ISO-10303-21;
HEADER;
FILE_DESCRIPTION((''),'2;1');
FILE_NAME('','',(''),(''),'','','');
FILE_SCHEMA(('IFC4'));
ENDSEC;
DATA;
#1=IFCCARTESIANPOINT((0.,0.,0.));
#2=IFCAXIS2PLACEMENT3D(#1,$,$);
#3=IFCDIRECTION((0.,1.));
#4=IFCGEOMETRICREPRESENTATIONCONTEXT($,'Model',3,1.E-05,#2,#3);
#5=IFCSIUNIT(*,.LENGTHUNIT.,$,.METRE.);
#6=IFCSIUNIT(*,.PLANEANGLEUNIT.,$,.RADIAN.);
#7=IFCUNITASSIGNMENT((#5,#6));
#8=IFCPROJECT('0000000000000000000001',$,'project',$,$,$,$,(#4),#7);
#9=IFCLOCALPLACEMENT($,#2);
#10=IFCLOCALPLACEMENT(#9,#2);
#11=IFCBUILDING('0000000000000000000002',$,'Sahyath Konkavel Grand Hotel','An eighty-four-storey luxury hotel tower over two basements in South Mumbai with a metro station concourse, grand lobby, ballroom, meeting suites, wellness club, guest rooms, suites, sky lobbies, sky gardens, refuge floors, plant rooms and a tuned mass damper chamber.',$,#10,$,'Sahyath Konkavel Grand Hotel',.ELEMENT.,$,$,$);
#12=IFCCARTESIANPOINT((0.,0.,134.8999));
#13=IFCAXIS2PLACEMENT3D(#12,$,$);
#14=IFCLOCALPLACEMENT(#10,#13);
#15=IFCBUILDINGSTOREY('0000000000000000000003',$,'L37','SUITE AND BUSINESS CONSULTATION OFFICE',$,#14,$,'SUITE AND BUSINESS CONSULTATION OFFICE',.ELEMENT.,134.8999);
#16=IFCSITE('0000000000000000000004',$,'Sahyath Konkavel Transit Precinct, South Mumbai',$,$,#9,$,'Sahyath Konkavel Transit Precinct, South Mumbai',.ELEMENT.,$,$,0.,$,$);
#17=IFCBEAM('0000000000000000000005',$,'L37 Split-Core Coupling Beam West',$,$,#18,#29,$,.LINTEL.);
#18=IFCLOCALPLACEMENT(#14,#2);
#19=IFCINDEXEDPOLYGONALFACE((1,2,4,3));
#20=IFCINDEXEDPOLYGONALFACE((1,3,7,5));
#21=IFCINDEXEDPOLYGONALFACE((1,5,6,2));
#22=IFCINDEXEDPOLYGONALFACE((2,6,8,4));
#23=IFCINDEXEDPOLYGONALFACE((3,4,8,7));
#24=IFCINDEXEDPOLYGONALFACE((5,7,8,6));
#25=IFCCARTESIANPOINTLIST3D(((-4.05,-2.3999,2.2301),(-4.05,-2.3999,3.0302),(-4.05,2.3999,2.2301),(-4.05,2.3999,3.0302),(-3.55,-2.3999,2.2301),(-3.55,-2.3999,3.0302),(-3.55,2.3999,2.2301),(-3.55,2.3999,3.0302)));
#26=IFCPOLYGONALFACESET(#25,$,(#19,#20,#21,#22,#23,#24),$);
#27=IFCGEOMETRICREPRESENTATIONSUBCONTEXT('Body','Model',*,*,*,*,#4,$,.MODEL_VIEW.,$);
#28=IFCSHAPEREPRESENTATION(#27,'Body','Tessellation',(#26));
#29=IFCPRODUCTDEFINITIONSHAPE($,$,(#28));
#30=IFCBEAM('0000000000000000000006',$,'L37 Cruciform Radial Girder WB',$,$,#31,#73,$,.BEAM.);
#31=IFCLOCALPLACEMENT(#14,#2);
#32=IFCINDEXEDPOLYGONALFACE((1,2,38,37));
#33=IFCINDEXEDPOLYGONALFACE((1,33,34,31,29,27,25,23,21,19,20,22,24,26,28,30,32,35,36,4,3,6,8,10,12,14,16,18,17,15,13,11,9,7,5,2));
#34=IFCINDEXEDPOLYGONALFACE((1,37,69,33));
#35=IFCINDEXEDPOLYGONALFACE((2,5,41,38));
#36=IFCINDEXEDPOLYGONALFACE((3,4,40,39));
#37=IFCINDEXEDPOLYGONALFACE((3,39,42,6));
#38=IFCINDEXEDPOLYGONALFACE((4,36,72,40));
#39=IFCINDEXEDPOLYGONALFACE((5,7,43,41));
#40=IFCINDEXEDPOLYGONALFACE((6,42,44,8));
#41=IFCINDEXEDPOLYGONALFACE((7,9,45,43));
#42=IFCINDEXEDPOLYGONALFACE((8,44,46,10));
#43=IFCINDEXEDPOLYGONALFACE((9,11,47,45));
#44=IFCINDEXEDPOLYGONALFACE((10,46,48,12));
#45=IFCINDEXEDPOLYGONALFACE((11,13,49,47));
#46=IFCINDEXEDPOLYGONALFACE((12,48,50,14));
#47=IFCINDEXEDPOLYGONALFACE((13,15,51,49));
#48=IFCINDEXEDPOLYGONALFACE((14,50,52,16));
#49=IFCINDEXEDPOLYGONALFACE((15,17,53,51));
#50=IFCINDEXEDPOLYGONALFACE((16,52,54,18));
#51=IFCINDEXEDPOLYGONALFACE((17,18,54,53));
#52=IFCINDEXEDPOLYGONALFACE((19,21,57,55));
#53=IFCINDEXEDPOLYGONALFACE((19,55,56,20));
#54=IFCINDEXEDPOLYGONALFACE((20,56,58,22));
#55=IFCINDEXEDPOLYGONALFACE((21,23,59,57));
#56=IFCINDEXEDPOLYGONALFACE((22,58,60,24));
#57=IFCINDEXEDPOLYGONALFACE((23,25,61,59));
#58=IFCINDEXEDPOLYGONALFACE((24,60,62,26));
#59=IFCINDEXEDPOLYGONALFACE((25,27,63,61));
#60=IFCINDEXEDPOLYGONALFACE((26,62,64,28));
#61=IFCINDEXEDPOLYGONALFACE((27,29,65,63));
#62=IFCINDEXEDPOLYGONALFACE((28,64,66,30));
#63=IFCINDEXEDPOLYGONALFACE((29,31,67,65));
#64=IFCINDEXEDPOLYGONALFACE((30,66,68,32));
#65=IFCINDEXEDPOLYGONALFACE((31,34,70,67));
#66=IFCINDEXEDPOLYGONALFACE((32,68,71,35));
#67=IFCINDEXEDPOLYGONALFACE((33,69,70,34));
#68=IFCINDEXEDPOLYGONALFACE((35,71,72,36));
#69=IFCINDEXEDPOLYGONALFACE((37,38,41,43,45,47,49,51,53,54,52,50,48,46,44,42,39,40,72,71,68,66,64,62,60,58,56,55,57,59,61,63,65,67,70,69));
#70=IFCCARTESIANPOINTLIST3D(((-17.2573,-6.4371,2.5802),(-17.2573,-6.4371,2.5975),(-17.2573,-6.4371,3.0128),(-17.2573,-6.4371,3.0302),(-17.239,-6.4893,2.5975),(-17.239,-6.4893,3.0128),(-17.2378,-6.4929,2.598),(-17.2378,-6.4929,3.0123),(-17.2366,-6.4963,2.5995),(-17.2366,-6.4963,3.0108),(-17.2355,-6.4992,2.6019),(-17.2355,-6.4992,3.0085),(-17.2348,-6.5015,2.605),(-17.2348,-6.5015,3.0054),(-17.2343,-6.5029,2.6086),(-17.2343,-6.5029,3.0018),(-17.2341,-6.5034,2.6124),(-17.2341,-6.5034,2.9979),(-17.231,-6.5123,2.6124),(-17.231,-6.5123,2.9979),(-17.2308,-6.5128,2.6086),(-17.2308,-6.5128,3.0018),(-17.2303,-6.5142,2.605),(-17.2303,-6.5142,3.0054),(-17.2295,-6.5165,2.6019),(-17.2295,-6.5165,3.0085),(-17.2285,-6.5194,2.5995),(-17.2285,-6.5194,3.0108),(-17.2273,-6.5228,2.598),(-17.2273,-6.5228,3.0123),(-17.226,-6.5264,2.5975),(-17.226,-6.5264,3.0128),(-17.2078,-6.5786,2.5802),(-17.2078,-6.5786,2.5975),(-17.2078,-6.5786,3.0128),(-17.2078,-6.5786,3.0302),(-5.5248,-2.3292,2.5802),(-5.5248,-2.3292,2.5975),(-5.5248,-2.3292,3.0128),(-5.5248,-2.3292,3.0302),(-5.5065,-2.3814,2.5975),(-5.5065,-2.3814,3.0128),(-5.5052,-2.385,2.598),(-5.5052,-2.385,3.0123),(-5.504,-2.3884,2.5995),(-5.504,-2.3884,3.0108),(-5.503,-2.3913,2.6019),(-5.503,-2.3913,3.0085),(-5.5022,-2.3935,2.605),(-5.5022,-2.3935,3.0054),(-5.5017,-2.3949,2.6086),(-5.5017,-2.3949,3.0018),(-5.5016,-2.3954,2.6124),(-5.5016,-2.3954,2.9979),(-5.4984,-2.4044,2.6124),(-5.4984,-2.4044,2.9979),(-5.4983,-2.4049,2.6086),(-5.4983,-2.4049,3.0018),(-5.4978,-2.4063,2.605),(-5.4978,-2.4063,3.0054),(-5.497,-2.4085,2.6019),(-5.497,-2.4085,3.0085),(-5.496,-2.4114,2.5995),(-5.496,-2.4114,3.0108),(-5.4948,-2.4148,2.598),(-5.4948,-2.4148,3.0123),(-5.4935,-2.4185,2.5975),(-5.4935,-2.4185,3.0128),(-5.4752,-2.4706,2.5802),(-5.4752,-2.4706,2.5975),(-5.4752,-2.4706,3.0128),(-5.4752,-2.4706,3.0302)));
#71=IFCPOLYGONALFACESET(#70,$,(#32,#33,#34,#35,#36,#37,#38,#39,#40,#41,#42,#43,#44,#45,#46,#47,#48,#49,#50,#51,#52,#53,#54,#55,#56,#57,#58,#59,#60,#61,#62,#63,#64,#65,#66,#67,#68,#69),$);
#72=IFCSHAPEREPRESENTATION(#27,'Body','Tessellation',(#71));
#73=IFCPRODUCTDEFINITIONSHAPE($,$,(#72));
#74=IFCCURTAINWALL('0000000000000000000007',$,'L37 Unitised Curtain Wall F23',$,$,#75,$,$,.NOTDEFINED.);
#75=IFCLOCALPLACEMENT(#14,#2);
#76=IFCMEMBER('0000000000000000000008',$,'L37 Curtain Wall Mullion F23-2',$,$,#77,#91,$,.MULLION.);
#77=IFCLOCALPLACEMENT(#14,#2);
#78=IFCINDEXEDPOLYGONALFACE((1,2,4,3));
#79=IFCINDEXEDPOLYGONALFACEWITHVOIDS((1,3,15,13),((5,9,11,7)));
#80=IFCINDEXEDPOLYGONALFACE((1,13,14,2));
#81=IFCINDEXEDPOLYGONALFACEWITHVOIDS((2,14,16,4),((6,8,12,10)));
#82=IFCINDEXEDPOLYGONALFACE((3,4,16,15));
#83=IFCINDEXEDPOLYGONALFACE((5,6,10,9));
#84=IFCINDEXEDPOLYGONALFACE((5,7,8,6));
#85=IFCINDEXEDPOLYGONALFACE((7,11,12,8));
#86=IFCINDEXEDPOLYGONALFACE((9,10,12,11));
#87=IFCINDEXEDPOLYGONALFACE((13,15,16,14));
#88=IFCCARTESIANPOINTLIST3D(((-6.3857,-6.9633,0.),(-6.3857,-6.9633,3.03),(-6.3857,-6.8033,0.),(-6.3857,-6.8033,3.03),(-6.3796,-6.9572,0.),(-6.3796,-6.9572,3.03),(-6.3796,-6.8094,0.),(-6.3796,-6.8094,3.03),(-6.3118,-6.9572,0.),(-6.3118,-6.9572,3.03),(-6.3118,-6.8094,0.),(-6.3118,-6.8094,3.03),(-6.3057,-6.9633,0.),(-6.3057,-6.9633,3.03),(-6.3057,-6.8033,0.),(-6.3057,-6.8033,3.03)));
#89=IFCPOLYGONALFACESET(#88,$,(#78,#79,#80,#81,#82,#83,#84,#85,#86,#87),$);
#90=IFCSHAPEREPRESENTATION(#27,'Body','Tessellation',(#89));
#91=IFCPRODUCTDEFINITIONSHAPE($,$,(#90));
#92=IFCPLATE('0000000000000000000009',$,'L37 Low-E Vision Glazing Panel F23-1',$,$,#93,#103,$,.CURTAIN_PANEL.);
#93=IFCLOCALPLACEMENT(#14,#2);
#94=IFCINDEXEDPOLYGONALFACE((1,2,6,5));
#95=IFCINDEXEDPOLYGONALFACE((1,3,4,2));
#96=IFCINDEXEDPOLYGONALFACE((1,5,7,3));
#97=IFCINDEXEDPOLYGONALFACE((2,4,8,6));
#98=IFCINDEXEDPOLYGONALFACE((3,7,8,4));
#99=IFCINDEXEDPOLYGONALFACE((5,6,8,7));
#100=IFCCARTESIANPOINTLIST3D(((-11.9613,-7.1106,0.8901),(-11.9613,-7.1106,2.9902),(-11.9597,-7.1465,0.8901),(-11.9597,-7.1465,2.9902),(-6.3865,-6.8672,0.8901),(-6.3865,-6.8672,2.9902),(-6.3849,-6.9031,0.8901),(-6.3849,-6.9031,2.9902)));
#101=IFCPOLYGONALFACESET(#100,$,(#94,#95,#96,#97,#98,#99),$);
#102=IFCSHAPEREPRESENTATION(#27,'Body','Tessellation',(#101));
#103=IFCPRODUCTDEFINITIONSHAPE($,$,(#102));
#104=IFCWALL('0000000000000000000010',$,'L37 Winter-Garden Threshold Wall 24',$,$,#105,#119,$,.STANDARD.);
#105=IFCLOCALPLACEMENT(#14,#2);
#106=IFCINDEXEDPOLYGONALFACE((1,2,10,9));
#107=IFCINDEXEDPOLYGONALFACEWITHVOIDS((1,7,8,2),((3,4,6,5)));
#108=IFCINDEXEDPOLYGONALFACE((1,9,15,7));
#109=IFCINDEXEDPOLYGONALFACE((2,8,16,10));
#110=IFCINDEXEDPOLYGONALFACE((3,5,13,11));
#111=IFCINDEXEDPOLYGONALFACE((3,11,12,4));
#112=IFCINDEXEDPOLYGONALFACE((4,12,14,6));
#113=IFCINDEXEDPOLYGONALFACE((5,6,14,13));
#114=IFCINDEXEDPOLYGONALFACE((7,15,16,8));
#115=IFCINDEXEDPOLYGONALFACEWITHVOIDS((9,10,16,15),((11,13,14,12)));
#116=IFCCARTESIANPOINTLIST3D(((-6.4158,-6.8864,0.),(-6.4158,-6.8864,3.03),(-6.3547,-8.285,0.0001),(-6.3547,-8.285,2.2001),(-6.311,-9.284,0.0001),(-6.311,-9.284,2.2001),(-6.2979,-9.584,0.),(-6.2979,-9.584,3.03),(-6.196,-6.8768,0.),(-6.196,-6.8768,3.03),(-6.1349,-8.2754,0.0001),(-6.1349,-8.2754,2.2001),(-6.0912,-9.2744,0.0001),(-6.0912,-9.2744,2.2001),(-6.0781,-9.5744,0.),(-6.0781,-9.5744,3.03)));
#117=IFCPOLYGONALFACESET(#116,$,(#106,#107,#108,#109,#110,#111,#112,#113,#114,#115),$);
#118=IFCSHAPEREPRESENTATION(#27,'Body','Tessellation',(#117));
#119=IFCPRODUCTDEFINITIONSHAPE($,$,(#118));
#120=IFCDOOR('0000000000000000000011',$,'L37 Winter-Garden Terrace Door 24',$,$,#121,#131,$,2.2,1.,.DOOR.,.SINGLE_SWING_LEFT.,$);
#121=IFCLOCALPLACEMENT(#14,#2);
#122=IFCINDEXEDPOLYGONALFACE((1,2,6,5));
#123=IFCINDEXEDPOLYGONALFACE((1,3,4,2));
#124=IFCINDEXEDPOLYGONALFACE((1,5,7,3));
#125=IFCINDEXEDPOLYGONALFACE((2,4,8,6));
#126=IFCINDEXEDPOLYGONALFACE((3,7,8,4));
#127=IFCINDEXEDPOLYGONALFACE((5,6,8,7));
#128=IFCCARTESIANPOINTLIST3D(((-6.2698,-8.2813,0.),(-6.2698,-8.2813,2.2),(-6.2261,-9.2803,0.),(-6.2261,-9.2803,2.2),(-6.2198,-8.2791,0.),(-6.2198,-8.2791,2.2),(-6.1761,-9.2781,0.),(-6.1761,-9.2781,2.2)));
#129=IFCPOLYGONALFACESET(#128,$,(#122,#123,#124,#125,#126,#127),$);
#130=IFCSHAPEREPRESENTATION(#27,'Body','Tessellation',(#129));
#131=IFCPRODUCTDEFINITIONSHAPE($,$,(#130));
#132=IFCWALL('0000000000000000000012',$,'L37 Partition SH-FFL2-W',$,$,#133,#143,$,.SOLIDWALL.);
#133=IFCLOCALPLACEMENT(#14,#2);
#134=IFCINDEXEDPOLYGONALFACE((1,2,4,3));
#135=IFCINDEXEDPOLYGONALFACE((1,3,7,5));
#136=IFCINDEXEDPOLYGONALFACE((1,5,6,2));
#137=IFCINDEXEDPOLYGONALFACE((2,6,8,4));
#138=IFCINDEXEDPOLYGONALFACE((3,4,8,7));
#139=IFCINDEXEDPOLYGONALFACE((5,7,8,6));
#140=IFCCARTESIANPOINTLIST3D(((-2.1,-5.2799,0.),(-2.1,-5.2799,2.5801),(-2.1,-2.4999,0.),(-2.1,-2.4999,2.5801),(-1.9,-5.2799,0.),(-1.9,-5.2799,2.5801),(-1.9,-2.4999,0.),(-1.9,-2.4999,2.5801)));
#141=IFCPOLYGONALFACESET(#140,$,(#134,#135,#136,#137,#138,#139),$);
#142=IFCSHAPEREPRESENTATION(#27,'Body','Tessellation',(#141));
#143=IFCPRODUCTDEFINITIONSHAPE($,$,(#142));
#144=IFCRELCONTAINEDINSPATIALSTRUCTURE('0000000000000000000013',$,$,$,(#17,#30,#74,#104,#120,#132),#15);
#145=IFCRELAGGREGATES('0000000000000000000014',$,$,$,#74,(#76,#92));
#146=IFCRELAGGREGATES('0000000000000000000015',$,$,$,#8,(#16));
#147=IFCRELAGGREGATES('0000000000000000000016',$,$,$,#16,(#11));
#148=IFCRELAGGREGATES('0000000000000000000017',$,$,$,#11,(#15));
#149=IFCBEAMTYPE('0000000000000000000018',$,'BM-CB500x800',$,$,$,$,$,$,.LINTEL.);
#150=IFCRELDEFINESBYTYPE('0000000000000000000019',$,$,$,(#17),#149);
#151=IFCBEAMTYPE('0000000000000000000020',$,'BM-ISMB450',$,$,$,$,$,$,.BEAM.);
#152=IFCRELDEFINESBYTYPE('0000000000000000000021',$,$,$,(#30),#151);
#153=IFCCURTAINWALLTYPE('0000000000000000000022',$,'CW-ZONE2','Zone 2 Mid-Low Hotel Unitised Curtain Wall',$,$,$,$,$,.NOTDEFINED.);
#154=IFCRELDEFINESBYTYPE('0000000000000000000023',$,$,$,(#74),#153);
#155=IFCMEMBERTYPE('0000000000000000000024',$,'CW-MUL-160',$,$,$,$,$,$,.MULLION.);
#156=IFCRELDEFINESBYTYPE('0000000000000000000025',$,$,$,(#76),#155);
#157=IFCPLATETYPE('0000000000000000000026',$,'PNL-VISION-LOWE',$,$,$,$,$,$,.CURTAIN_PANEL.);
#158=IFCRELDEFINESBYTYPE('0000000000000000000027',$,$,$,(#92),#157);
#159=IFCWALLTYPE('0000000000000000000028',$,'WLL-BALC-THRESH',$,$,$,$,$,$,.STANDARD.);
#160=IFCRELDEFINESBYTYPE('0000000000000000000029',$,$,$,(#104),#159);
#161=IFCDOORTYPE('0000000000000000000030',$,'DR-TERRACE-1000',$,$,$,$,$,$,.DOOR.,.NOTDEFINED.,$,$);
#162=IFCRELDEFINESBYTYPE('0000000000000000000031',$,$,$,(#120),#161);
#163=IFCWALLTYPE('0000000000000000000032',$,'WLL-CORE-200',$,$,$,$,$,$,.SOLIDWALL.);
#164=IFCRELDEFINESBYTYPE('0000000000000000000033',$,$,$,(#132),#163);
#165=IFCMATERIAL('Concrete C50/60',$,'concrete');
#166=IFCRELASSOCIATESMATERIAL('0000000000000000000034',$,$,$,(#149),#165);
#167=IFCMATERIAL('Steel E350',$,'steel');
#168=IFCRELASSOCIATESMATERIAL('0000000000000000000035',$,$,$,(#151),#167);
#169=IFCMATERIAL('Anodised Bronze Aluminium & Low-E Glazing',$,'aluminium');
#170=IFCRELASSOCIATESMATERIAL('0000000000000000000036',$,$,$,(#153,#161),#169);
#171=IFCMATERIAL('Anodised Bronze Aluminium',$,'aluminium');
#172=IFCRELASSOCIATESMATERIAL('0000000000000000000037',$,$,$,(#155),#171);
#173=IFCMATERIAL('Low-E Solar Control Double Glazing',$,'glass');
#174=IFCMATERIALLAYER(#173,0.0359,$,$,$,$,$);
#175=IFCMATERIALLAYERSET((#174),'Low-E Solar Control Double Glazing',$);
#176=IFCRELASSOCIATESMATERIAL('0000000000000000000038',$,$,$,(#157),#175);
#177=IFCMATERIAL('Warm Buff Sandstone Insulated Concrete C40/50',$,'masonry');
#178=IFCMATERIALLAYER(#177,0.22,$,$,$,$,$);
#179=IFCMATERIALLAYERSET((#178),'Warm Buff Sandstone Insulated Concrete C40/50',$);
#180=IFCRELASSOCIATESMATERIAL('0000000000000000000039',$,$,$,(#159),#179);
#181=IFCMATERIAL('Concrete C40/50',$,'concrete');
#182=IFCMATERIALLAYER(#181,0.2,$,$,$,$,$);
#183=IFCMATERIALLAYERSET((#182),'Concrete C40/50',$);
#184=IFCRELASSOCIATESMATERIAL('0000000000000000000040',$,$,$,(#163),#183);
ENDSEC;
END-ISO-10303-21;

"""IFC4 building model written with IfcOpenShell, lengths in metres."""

from ifc_helpers import new_model, si_unit, direction, frame, frame_2d, origin, origin_2d, place, context, subcontext, project, spatial, rectangle, hollow_rectangle, i_section, extrude, source, transform, mapped, material, layer, layer_set, material_profile, profile_set, type_object, element, fill, aggregate, save


model = new_model("IFC4")

# Units and contexts
model_context = context("Model", 3, precision=1e-05, world=origin(), true_north=direction((0.0, 1.0)))
body_context = subcontext(model_context, "Body", "Model", "MODEL_VIEW")
ifc_project = project(units=[si_unit("LENGTHUNIT", "METRE"), si_unit("PLANEANGLEUNIT", "RADIAN")], contexts=[model_context])

# Site, building, storey
site_placement = place(None, origin())
site = spatial("IfcSite", under=ifc_project, at=site_placement, Name="Sahyath Konkavel Transit Precinct, South Mumbai", LongName="Sahyath Konkavel Transit Precinct, South Mumbai", CompositionType="ELEMENT", RefElevation=0.0)
building_placement = place(site_placement, origin())
building = spatial("IfcBuilding", under=site, at=building_placement, Name="Sahyath Konkavel Grand Hotel", Description="An eighty-four-storey luxury hotel tower over two basements in South Mumbai with a metro station concourse, grand lobby, ballroom, meeting suites, wellness club, guest rooms, suites, sky lobbies, sky gardens, refuge floors, plant rooms and a tuned mass damper chamber.", LongName="Sahyath Konkavel Grand Hotel", CompositionType="ELEMENT")
storey_placement = place(building_placement, frame((0.0, 0.0, 134.8999)))
storey = spatial("IfcBuildingStorey", under=building, at=storey_placement, Name="L37", Description="SUITE AND BUSINESS CONSULTATION OFFICE", LongName="SUITE AND BUSINESS CONSULTATION OFFICE", CompositionType="ELEMENT", Elevation=134.8999)

# Shared definitions
ifc_material_1 = material(Name="Concrete C50/60", Category="concrete")

# Beams
ifc_material_2 = material(Name="Steel E350", Category="steel")
ifc_material_profile_1 = material_profile(ifc_material_1, rectangle(XDim=0.5, YDim=0.8, at=origin_2d()), Name="RC 500x800")
ifc_profile_set_1 = profile_set([ifc_material_profile_1], Name="Concrete C50/60")
beam_type_1 = type_object("IfcBeamType", Name="BM-CB500x800", PredefinedType="LINTEL", material=ifc_profile_set_1)
shared_shape_1 = source(origin(), body_context, "Body", "SweptSolid", [
    extrude(rectangle(XDim=0.5, YDim=0.8, at=origin_2d()), origin(), (0.0, 0.0, 1.0), 4.7998),
])
beam_1_placement = place(storey_placement, frame((-3.8, -2.3999, 2.6301), z_axis=(0.0, 1.0, 0.0), x_axis=(-1.0, 0.0, 0.0)))
element("IfcBeam", 1, at=beam_1_placement, inside=storey, type_object=beam_type_1, Name="L37 Split-Core Coupling Beam West", PredefinedType="LINTEL", context=body_context, shape_type="MappedRepresentation", body=[
    mapped(shared_shape_1, transform((0.0, 0.0, 0.0), scale=1.0)),
])
ifc_material_profile_2 = material_profile(ifc_material_2, i_section(OverallWidth=0.1499, OverallDepth=0.45, WebThickness=0.0095, FlangeThickness=0.0173, FilletRadius=0.0149, at=origin_2d()), Name="ISMB 450")
ifc_profile_set_2 = profile_set([ifc_material_profile_2], Name="Steel E350")
beam_type_2 = type_object("IfcBeamType", Name="BM-ISMB450", PredefinedType="BEAM", material=ifc_profile_set_2)
shared_shape_2 = source(origin(), body_context, "Body", "SweptSolid", [
    extrude(i_section(OverallWidth=0.1499, OverallDepth=0.45, WebThickness=0.0095, FlangeThickness=0.0173, FilletRadius=0.0149, at=origin_2d()), origin(), (0.0, 0.0, 1.0), 12.4309),
])
beam_2_placement = place(storey_placement, frame((-5.5, -2.3999, 2.8052), z_axis=(-0.943819, -0.330462, 0.0), x_axis=(0.330462, -0.943819, 0.0)))
element("IfcBeam", 2, at=beam_2_placement, inside=storey, type_object=beam_type_2, Name="L37 Cruciform Radial Girder WB", PredefinedType="BEAM", context=body_context, shape_type="MappedRepresentation", body=[
    mapped(shared_shape_2, transform((0.0, 0.0, 0.0), scale=1.0)),
])

# Curtain wall, member, plate
ifc_material_3 = material(Name="Anodised Bronze Aluminium & Low-E Glazing", Category="aluminium")
curtain_wall_type = type_object("IfcCurtainWallType", Name="CW-ZONE2", Description="Zone 2 Mid-Low Hotel Unitised Curtain Wall", PredefinedType="NOTDEFINED", material=ifc_material_3)
curtain_wall_placement = place(storey_placement, origin())
curtain_wall = element("IfcCurtainWall", 3, at=curtain_wall_placement, inside=storey, type_object=curtain_wall_type, Name="L37 Unitised Curtain Wall F23", PredefinedType="NOTDEFINED")
ifc_material_4 = material(Name="Anodised Bronze Aluminium", Category="aluminium")
ifc_material_profile_3 = material_profile(ifc_material_4, hollow_rectangle(XDim=0.0801, YDim=0.1599, WallThickness=0.0061, at=origin_2d()), Name="RHS 160x80x6")
ifc_profile_set_3 = profile_set([ifc_material_profile_3], Name="Anodised Bronze Aluminium")
member_type = type_object("IfcMemberType", Name="CW-MUL-160", PredefinedType="MULLION", material=ifc_profile_set_3)
shared_shape_3 = source(origin(), body_context, "Body", "SweptSolid", [
    extrude(hollow_rectangle(XDim=0.0801, YDim=0.1599, WallThickness=0.0061, at=origin_2d()), origin(), (0.0, 0.0, 1.0), 3.03),
])
member_placement = place(storey_placement, frame((-6.3457, -6.8833, 0.0), z_axis=(0.0, 0.0, 1.0), x_axis=(1.0, 0.0, 0.0)))
member = element("IfcMember", 4, at=member_placement, type_object=member_type, Name="L37 Curtain Wall Mullion F23-2", PredefinedType="MULLION", context=body_context, shape_type="MappedRepresentation", body=[
    mapped(shared_shape_3, transform((0.0, 0.0, 0.0), scale=1.0)),
])
ifc_material_5 = material(Name="Low-E Solar Control Double Glazing", Category="glass")
ifc_layer_1 = layer(ifc_material_5, 0.0359)
ifc_layer_set_1 = layer_set([ifc_layer_1], Name="Low-E Solar Control Double Glazing")
plate_type = type_object("IfcPlateType", Name="PNL-VISION-LOWE", PredefinedType="CURTAIN_PANEL", material=ifc_layer_set_1)
shared_shape_4 = source(origin(), body_context, "Body", "SweptSolid", [
    extrude(rectangle(XDim=5.5801, YDim=0.0359, at=origin_2d()), origin(), (0.0, 0.0, 1.0), 2.1001),
])
plate_placement = place(storey_placement, frame((-9.1731, -7.0068, 0.8901), z_axis=(0.0, 0.0, 1.0), x_axis=(0.999048, 0.043619, 0.0)))
plate = element("IfcPlate", 5, at=plate_placement, type_object=plate_type, Name="L37 Low-E Vision Glazing Panel F23-1", PredefinedType="CURTAIN_PANEL", context=body_context, shape_type="MappedRepresentation", body=[
    mapped(shared_shape_4, transform((0.0, 0.0, 0.0), scale=1.0)),
])
aggregate(curtain_wall, [member, plate])

# Wall, opening, door
ifc_material_6 = material(Name="Warm Buff Sandstone Insulated Concrete C40/50", Category="masonry")
ifc_layer_2 = layer(ifc_material_6, 0.22)
ifc_layer_set_2 = layer_set([ifc_layer_2], Name="Warm Buff Sandstone Insulated Concrete C40/50")
wall_type_1 = type_object("IfcWallType", Name="WLL-BALC-THRESH", PredefinedType="STANDARD", material=ifc_layer_set_2)
wall_1_placement = place(storey_placement, frame((-6.3059, -6.8816, 0.0), z_axis=(0.0, 0.0, 1.0), x_axis=(0.043673, -0.999046, 0.0)))
wall_1 = element("IfcWall", 6, at=wall_1_placement, inside=storey, type_object=wall_type_1, Name="L37 Winter-Garden Threshold Wall 24", PredefinedType="STANDARD", context=body_context, shape_type="SweptSolid", body=[
    extrude(rectangle(XDim=2.7002, YDim=0.22, at=frame_2d((1.3501, 0.0))), origin(), (0.0, 0.0, 1.0), 3.03),
])
opening_1_placement = place(wall_1_placement, frame((1.3999, 0.0, 0.0)))
opening_1 = element("IfcOpeningElement", 7, at=opening_1_placement, cuts=wall_1, PredefinedType="OPENING", context=body_context, shape_type="SweptSolid", body=[
    extrude(rectangle(XDim=1.0, YDim=2.2, at=frame_2d((0.5, 1.1001))), frame((0.0, 0.1201, 0.0), z_axis=(0.0, -1.0, 0.0), x_axis=(1.0, 0.0, 0.0)), (0.0, 0.0, 1.0), 0.24),
])
door_type_1 = type_object("IfcDoorType", Name="DR-TERRACE-1000", OperationType="NOTDEFINED", PredefinedType="DOOR", material=ifc_material_3)
shared_shape_5 = source(origin(), body_context, "Body", "SweptSolid", [
    extrude(rectangle(XDim=1.0, YDim=0.05, at=origin_2d()), origin(), (0.0, 0.0, 1.0), 2.2),
])
door_1_placement = place(opening_1_placement, frame((0.5, 0.0, 0.0)))
door_1 = element("IfcDoor", 8, at=door_1_placement, inside=storey, type_object=door_type_1, Name="L37 Winter-Garden Terrace Door 24", OperationType="SINGLE_SWING_LEFT", OverallHeight=2.2, OverallWidth=1.0, PredefinedType="DOOR", context=body_context, shape_type="MappedRepresentation", body=[
    mapped(shared_shape_5, transform((0.0, 0.0, 0.0), scale=1.0)),
])
fill(opening_1, door_1)

# Wall
ifc_material_7 = material(Name="Concrete C40/50", Category="concrete")
ifc_layer_3 = layer(ifc_material_7, 0.2)
ifc_layer_set_3 = layer_set([ifc_layer_3], Name="Concrete C40/50")
wall_type_2 = type_object("IfcWallType", Name="WLL-CORE-200", PredefinedType="SOLIDWALL", material=ifc_layer_set_3)
wall_2_placement = place(storey_placement, frame((-2.0, -5.28, 0.0), z_axis=(0.0, 0.0, 1.0), x_axis=(0.0, 1.0, 0.0)))
element("IfcWall", 9, at=wall_2_placement, inside=storey, type_object=wall_type_2, Name="L37 Partition SH-FFL2-W", PredefinedType="SOLIDWALL", context=body_context, shape_type="SweptSolid", body=[
    extrude(rectangle(XDim=2.78, YDim=0.2, at=frame_2d((1.3901, 0.0))), origin(), (0.0, 0.0, 1.0), 2.5801),
])

save(model, "model.ifc")
